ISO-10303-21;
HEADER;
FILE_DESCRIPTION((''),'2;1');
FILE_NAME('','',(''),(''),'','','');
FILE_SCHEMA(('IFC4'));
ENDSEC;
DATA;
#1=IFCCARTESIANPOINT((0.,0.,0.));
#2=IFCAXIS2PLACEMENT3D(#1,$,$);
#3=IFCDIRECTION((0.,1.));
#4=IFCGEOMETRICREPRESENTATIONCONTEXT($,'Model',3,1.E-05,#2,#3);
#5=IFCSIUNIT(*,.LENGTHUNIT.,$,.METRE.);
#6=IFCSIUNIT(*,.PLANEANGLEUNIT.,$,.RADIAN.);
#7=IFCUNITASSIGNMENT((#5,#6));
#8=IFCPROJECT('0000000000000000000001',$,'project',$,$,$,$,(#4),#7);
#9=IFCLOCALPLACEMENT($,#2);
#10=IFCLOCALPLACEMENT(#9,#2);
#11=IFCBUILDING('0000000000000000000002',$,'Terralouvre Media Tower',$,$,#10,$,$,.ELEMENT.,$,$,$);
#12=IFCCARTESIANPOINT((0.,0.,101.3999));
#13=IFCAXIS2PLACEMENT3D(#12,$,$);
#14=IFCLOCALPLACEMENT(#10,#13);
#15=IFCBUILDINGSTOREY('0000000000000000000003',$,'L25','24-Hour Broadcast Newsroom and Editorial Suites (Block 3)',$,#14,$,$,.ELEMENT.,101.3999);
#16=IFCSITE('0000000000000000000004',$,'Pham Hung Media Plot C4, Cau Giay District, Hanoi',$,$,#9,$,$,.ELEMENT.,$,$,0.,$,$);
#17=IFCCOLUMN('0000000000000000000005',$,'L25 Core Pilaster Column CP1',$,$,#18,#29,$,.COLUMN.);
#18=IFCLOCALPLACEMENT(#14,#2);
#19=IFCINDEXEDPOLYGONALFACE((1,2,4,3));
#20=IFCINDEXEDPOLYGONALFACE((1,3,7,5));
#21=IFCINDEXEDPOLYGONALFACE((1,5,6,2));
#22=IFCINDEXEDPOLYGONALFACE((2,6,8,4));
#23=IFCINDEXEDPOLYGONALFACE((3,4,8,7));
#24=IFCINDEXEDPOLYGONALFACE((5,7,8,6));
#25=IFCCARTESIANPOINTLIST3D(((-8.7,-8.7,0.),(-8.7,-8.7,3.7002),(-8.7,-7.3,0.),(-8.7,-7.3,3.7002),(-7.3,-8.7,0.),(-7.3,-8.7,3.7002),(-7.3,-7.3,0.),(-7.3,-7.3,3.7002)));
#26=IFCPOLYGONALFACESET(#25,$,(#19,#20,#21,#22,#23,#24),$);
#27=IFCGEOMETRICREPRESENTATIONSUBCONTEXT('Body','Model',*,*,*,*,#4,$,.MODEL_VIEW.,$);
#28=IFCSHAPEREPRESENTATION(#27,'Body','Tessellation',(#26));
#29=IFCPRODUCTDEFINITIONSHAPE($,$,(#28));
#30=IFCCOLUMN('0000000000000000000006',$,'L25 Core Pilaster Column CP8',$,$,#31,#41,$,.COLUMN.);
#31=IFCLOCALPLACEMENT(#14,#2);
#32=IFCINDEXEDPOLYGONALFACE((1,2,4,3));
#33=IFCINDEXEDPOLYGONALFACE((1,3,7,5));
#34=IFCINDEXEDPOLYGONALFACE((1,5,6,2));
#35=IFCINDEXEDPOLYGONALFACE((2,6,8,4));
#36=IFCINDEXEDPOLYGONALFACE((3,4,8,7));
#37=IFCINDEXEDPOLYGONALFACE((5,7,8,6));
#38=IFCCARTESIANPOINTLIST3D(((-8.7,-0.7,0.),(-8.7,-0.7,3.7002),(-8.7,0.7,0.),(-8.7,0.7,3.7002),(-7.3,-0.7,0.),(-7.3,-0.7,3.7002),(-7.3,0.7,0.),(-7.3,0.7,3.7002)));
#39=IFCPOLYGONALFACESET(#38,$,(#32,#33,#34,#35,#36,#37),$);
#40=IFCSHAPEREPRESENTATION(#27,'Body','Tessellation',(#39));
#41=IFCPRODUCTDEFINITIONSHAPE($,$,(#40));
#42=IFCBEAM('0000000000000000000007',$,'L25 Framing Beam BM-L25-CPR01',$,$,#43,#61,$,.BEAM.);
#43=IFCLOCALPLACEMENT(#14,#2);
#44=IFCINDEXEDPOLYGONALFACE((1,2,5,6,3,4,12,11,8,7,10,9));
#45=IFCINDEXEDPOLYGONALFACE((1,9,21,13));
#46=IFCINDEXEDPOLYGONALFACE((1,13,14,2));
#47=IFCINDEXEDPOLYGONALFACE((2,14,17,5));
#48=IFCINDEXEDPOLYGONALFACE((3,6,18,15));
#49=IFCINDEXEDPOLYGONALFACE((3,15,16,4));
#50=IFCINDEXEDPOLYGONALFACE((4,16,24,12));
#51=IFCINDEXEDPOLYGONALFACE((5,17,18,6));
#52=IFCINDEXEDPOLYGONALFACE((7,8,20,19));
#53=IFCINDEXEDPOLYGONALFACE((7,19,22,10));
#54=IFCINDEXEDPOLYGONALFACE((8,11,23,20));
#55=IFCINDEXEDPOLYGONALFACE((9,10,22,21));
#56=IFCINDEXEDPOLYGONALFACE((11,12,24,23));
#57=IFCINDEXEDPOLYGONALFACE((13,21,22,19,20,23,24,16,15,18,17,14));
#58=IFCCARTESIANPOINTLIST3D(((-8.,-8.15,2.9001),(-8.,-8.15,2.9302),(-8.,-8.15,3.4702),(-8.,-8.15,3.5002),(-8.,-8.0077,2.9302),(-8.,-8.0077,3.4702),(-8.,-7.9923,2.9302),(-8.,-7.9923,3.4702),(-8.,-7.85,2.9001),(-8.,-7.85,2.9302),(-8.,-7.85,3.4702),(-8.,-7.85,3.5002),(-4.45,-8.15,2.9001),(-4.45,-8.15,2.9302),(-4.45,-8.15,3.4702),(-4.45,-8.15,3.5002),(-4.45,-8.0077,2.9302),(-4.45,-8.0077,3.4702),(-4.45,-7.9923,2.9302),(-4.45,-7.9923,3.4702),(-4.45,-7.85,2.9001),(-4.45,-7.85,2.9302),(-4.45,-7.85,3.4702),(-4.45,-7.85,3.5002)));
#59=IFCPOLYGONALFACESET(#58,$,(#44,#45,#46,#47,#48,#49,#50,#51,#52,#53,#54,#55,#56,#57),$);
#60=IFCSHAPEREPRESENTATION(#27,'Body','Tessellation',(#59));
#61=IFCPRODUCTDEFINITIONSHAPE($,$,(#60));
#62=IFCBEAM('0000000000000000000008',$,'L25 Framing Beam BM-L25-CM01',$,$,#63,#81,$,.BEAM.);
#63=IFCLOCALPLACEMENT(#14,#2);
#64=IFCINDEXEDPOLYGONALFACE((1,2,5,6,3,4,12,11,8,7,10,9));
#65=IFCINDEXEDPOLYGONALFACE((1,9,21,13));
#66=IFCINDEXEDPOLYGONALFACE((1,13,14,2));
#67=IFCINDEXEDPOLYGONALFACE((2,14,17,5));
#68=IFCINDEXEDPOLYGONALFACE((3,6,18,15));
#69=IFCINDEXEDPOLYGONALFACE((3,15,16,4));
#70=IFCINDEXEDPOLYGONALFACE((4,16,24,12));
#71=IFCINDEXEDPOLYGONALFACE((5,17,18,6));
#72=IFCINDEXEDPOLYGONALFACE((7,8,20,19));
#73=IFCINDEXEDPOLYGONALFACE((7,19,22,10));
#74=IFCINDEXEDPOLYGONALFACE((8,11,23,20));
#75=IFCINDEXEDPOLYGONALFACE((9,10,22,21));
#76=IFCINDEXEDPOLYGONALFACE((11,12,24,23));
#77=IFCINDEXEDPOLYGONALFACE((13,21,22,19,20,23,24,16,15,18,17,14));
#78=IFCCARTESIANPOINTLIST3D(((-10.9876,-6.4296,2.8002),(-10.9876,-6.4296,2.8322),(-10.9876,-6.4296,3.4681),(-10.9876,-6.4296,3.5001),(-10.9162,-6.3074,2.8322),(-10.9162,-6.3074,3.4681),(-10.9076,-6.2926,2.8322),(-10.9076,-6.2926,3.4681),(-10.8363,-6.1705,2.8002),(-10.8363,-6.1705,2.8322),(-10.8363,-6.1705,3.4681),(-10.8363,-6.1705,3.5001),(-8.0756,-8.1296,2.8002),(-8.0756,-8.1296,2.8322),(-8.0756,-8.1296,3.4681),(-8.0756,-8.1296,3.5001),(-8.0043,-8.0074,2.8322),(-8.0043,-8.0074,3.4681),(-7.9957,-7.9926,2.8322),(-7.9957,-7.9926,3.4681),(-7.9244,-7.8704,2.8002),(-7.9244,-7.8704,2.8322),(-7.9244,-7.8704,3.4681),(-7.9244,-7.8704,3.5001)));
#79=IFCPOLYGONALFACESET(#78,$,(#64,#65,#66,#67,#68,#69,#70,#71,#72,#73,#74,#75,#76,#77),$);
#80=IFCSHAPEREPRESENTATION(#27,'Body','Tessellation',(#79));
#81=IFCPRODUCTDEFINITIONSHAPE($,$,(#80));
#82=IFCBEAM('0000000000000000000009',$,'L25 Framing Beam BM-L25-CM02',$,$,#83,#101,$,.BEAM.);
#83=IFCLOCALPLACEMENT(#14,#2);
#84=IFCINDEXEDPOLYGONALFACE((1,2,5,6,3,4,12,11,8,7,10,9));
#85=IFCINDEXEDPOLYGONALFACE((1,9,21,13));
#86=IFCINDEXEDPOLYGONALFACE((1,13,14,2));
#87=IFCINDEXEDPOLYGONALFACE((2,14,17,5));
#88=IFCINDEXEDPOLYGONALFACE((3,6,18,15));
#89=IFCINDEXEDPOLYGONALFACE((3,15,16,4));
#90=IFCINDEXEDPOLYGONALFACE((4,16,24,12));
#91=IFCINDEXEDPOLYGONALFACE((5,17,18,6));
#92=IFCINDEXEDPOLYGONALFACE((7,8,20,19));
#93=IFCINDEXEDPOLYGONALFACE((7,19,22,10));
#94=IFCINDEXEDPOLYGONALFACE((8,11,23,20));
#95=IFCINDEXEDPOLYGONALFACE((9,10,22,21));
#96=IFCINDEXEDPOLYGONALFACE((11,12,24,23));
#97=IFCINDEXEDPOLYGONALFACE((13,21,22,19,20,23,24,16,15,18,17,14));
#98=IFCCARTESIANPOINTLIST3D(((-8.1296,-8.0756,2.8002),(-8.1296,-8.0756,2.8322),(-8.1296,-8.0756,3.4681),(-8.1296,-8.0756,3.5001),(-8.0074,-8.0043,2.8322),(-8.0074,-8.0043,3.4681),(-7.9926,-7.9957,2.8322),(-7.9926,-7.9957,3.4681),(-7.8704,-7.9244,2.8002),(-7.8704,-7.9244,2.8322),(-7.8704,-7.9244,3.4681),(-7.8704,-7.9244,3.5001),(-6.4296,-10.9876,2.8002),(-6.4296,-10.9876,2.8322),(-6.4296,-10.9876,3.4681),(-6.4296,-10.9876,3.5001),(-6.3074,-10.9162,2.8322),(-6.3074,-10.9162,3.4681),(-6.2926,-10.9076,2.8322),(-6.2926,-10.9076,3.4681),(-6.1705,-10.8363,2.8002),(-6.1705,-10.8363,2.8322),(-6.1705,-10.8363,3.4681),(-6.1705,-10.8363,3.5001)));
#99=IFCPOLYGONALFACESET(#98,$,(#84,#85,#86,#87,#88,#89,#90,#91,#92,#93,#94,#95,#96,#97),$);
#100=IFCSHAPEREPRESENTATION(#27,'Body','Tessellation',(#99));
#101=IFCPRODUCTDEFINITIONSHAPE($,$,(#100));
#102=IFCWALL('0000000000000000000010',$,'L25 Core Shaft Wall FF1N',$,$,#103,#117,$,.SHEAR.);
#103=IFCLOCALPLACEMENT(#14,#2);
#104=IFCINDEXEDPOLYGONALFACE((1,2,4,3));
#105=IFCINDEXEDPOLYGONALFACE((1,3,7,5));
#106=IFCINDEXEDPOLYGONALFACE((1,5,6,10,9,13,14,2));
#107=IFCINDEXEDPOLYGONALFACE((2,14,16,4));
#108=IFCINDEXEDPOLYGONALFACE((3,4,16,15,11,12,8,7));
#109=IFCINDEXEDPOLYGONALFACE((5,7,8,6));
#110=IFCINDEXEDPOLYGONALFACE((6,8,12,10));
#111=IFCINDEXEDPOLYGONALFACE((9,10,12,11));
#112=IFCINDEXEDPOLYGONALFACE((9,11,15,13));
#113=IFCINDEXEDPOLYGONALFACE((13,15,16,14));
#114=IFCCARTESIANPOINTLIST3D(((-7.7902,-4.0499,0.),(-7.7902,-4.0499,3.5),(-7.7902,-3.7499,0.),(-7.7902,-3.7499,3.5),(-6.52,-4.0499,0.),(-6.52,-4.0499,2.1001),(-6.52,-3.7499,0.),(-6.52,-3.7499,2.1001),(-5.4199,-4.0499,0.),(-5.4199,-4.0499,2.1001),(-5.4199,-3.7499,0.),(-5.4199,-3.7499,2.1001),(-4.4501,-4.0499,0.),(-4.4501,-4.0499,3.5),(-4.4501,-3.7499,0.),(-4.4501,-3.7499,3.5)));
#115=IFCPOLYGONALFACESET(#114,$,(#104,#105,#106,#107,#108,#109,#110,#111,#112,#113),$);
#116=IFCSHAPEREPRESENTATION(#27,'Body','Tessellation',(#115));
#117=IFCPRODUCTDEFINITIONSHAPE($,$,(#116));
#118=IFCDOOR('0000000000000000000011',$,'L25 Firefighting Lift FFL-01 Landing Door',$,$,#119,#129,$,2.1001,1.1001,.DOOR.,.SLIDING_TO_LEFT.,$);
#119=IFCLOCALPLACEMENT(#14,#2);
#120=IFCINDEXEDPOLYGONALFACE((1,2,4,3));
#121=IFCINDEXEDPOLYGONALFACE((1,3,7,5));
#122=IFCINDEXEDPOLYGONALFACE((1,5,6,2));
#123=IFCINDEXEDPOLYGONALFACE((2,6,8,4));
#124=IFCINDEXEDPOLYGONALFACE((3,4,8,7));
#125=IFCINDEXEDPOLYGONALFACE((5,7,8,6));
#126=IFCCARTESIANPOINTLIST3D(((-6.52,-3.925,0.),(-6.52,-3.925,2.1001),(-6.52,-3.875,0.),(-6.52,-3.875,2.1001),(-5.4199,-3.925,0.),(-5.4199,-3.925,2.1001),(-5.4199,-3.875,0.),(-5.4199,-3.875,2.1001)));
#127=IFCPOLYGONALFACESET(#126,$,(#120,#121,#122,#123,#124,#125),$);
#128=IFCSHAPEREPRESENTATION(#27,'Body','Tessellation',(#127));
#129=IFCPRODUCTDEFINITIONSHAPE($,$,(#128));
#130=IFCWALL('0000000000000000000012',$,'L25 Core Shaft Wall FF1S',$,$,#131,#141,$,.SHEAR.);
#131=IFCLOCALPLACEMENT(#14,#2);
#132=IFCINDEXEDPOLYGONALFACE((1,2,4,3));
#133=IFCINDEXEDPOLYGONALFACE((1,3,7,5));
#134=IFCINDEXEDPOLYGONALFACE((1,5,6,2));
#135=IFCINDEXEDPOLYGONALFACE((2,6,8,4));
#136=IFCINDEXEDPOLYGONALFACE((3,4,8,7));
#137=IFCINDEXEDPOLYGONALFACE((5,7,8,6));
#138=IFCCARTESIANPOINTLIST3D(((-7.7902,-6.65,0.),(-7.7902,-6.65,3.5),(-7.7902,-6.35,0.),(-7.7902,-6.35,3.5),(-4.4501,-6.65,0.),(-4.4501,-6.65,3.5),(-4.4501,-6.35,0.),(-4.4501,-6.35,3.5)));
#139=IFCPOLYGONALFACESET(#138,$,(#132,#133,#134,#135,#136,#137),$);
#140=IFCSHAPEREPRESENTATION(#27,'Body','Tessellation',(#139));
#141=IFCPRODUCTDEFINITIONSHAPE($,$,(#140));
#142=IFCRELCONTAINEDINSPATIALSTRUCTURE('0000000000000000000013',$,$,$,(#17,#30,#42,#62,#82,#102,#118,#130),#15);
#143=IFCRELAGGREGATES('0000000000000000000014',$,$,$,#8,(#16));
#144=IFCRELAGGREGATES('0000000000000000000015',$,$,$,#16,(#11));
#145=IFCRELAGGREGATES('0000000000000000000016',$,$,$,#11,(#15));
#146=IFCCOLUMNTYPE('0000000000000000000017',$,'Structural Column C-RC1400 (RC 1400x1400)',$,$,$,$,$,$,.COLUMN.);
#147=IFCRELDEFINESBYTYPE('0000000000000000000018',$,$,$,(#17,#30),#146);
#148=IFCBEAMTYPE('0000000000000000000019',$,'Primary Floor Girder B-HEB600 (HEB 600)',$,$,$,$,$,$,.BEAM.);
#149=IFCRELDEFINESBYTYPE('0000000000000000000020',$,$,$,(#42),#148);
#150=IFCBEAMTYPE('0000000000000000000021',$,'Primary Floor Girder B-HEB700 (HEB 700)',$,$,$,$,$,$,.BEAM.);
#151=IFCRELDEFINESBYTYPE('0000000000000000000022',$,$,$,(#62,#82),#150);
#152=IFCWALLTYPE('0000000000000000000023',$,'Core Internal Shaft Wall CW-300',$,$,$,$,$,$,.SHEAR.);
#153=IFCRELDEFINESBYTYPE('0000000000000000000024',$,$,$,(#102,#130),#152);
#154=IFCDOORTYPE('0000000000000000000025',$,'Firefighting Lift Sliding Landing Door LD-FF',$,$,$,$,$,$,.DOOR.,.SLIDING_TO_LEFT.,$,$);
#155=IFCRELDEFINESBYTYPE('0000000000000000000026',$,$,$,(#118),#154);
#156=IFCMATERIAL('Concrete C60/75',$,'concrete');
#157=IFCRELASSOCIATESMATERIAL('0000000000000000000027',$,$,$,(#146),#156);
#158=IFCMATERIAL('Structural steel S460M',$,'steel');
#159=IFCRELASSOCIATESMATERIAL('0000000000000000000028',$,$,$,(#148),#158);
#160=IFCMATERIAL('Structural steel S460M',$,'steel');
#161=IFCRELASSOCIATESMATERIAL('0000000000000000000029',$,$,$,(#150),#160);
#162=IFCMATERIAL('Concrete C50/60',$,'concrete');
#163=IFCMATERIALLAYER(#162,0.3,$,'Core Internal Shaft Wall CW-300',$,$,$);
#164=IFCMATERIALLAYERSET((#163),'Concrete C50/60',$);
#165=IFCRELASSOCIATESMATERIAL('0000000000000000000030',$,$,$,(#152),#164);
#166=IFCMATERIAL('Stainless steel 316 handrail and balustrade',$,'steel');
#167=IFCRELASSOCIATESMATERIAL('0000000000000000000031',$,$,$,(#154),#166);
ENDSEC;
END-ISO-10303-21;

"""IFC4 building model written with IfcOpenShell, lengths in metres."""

from ifc_helpers import new_model, si_unit, direction, frame, frame_2d, origin, origin_2d, place, context, subcontext, project, spatial, rectangle, i_section, extrude, material, layer, layer_set, material_profile, profile_set, type_object, element, fill, save


model = new_model("IFC4")

# Units and contexts
model_context = context("Model", 3, precision=1e-05, world=origin(), true_north=direction((0.0, 1.0)))
body_context = subcontext(model_context, "Body", "Model", "MODEL_VIEW")
ifc_project = project(units=[si_unit("LENGTHUNIT", "METRE"), si_unit("PLANEANGLEUNIT", "RADIAN")], contexts=[model_context])

# Site, building, storey
site_placement = place(None, origin())
site = spatial("IfcSite", under=ifc_project, at=site_placement, Name="Pham Hung Media Plot C4, Cau Giay District, Hanoi", CompositionType="ELEMENT", RefElevation=0.0)
building_placement = place(site_placement, origin())
building = spatial("IfcBuilding", under=site, at=building_placement, Name="Terralouvre Media Tower", CompositionType="ELEMENT")
storey_placement = place(building_placement, frame((0.0, 0.0, 101.3999)))
storey = spatial("IfcBuildingStorey", under=building, at=storey_placement, Name="L25", Description="24-Hour Broadcast Newsroom and Editorial Suites (Block 3)", CompositionType="ELEMENT", Elevation=101.3999)

# Columns
ifc_material_1 = material(Name="Concrete C60/75", Category="concrete")
ifc_material_profile_1 = material_profile(ifc_material_1, rectangle(XDim=1.3999, YDim=1.3999, at=origin_2d()), Name="RC 1400x1400")
ifc_profile_set_1 = profile_set([ifc_material_profile_1], Name="Concrete C60/75")
column_type = type_object("IfcColumnType", Name="Structural Column C-RC1400 (RC 1400x1400)", PredefinedType="COLUMN", material=ifc_profile_set_1)
for number, where, z_axis, x_axis, name in (
    (1, (-8.0, -8.0, 0.0), (0.0, 0.0, 1.0), (1.0, 0.0, 0.0), "L25 Core Pilaster Column CP1"),
    (2, (-8.0, 0.0, 0.0), (0.0, 0.0, 1.0), (1.0, 0.0, 0.0), "L25 Core Pilaster Column CP8"),
):
    element("IfcColumn", number, at=place(storey_placement, frame(where, z_axis=z_axis, x_axis=x_axis)), inside=storey, type_object=column_type, Name=name, PredefinedType="COLUMN", context=body_context, shape_type="SweptSolid", body=[
        extrude(rectangle(XDim=1.3999, YDim=1.3999, at=origin_2d()), origin(), (0.0, 0.0, 1.0), 3.7002),
    ])

# Beams
ifc_material_2 = material(Name="Structural steel S460M", Category="steel")
ifc_material_profile_2 = material_profile(ifc_material_2, i_section(OverallWidth=0.3, OverallDepth=0.6001, WebThickness=0.0154, FlangeThickness=0.03, at=origin_2d()), Name="HEB 600")
ifc_profile_set_2 = profile_set([ifc_material_profile_2], Name="Structural steel S460M")
beam_type_1 = type_object("IfcBeamType", Name="Primary Floor Girder B-HEB600 (HEB 600)", PredefinedType="BEAM", material=ifc_profile_set_2)
beam_placement = place(storey_placement, frame((-8.0, -8.0, 3.2002), z_axis=(1.0, 0.0, 0.0), x_axis=(0.0, 1.0, 0.0)))
element("IfcBeam", 3, at=beam_placement, inside=storey, type_object=beam_type_1, Name="L25 Framing Beam BM-L25-CPR01", PredefinedType="BEAM", context=body_context, shape_type="SweptSolid", body=[
    extrude(i_section(OverallWidth=0.3, OverallDepth=0.6001, WebThickness=0.0154, FlangeThickness=0.03, at=origin_2d()), origin(), (0.0, 0.0, 1.0), 3.55),
])
ifc_material_3 = material(Name="Structural steel S460M", Category="steel")
ifc_material_profile_3 = material_profile(ifc_material_3, i_section(OverallWidth=0.3, OverallDepth=0.7, WebThickness=0.0171, FlangeThickness=0.032, at=origin_2d()), Name="HEB 700")
ifc_profile_set_3 = profile_set([ifc_material_profile_3], Name="Structural steel S460M")
beam_type_2 = type_object("IfcBeamType", Name="Primary Floor Girder B-HEB700 (HEB 700)", PredefinedType="BEAM", material=ifc_profile_set_3)
for number, where, z_axis, x_axis, name in (
    (4, (-8.0, -8.0, 3.1501), (-0.863603, 0.504173, 0.0), (-0.504173, -0.863603, 0.0), "L25 Framing Beam BM-L25-CM01"),
    (5, (-8.0, -8.0, 3.1501), (0.504173, -0.863603, 0.0), (0.863603, 0.504173, 0.0), "L25 Framing Beam BM-L25-CM02"),
):
    element("IfcBeam", number, at=place(storey_placement, frame(where, z_axis=z_axis, x_axis=x_axis)), inside=storey, type_object=beam_type_2, Name=name, PredefinedType="BEAM", context=body_context, shape_type="SweptSolid", body=[
        extrude(i_section(OverallWidth=0.3, OverallDepth=0.7, WebThickness=0.0171, FlangeThickness=0.032, at=origin_2d()), origin(), (0.0, 0.0, 1.0), 3.3718),
    ])

# Wall, opening, door
ifc_material_4 = material(Name="Concrete C50/60", Category="concrete")
ifc_layer_1 = layer(ifc_material_4, 0.3, Name="Core Internal Shaft Wall CW-300")
ifc_layer_set_1 = layer_set([ifc_layer_1], Name="Concrete C50/60")
wall_type_1 = type_object("IfcWallType", Name="Core Internal Shaft Wall CW-300", PredefinedType="SHEAR", material=ifc_layer_set_1)
wall_1_placement = place(storey_placement, frame((-7.79, -3.8999, 0.0), z_axis=(0.0, 0.0, 1.0), x_axis=(1.0, 0.0, 0.0)))
wall_1 = element("IfcWall", 6, at=wall_1_placement, inside=storey, type_object=wall_type_1, Name="L25 Core Shaft Wall FF1N", PredefinedType="SHEAR", context=body_context, shape_type="SweptSolid", body=[
    extrude(rectangle(XDim=3.3401, YDim=0.3, at=frame_2d((1.6699, 0.0))), origin(), (0.0, 0.0, 1.0), 3.5),
])
opening_1_placement = place(wall_1_placement, frame((1.27, 0.0, 0.0)))
opening_1 = element("IfcOpeningElement", 7, at=opening_1_placement, cuts=wall_1, PredefinedType="OPENING", context=body_context, shape_type="SweptSolid", body=[
    extrude(rectangle(XDim=1.1001, YDim=2.1001, at=frame_2d((0.55, 1.05))), frame((0.0, 0.1599, 0.0), z_axis=(0.0, -1.0, 0.0), x_axis=(1.0, 0.0, 0.0)), (0.0, 0.0, 1.0), 0.3201),
])
ifc_material_5 = material(Name="Stainless steel 316 handrail and balustrade", Category="steel")
door_type_1 = type_object("IfcDoorType", Name="Firefighting Lift Sliding Landing Door LD-FF", OperationType="SLIDING_TO_LEFT", PredefinedType="DOOR", material=ifc_material_5)
door_1_placement = place(opening_1_placement, origin())
door_1 = element("IfcDoor", 8, at=door_1_placement, inside=storey, type_object=door_type_1, Name="L25 Firefighting Lift FFL-01 Landing Door", OperationType="SLIDING_TO_LEFT", OverallHeight=2.1001, OverallWidth=1.1001, PredefinedType="DOOR", context=body_context, shape_type="SweptSolid", body=[
    extrude(rectangle(XDim=1.1001, YDim=2.1001, at=frame_2d((0.55, 1.05))), frame((0.0, 0.0249, 0.0), z_axis=(0.0, -1.0, 0.0), x_axis=(1.0, 0.0, 0.0)), (0.0, 0.0, 1.0), 0.05),
])
fill(opening_1, door_1)

# Wall
wall_2_placement = place(storey_placement, frame((-7.79, -6.5, 0.0), z_axis=(0.0, 0.0, 1.0), x_axis=(1.0, 0.0, 0.0)))
element("IfcWall", 9, at=wall_2_placement, inside=storey, type_object=wall_type_1, Name="L25 Core Shaft Wall FF1S", PredefinedType="SHEAR", context=body_context, shape_type="SweptSolid", body=[
    extrude(rectangle(XDim=3.3401, YDim=0.3, at=frame_2d((1.6699, 0.0))), origin(), (0.0, 0.0, 1.0), 3.5),
])

save(model, "model.ifc")
